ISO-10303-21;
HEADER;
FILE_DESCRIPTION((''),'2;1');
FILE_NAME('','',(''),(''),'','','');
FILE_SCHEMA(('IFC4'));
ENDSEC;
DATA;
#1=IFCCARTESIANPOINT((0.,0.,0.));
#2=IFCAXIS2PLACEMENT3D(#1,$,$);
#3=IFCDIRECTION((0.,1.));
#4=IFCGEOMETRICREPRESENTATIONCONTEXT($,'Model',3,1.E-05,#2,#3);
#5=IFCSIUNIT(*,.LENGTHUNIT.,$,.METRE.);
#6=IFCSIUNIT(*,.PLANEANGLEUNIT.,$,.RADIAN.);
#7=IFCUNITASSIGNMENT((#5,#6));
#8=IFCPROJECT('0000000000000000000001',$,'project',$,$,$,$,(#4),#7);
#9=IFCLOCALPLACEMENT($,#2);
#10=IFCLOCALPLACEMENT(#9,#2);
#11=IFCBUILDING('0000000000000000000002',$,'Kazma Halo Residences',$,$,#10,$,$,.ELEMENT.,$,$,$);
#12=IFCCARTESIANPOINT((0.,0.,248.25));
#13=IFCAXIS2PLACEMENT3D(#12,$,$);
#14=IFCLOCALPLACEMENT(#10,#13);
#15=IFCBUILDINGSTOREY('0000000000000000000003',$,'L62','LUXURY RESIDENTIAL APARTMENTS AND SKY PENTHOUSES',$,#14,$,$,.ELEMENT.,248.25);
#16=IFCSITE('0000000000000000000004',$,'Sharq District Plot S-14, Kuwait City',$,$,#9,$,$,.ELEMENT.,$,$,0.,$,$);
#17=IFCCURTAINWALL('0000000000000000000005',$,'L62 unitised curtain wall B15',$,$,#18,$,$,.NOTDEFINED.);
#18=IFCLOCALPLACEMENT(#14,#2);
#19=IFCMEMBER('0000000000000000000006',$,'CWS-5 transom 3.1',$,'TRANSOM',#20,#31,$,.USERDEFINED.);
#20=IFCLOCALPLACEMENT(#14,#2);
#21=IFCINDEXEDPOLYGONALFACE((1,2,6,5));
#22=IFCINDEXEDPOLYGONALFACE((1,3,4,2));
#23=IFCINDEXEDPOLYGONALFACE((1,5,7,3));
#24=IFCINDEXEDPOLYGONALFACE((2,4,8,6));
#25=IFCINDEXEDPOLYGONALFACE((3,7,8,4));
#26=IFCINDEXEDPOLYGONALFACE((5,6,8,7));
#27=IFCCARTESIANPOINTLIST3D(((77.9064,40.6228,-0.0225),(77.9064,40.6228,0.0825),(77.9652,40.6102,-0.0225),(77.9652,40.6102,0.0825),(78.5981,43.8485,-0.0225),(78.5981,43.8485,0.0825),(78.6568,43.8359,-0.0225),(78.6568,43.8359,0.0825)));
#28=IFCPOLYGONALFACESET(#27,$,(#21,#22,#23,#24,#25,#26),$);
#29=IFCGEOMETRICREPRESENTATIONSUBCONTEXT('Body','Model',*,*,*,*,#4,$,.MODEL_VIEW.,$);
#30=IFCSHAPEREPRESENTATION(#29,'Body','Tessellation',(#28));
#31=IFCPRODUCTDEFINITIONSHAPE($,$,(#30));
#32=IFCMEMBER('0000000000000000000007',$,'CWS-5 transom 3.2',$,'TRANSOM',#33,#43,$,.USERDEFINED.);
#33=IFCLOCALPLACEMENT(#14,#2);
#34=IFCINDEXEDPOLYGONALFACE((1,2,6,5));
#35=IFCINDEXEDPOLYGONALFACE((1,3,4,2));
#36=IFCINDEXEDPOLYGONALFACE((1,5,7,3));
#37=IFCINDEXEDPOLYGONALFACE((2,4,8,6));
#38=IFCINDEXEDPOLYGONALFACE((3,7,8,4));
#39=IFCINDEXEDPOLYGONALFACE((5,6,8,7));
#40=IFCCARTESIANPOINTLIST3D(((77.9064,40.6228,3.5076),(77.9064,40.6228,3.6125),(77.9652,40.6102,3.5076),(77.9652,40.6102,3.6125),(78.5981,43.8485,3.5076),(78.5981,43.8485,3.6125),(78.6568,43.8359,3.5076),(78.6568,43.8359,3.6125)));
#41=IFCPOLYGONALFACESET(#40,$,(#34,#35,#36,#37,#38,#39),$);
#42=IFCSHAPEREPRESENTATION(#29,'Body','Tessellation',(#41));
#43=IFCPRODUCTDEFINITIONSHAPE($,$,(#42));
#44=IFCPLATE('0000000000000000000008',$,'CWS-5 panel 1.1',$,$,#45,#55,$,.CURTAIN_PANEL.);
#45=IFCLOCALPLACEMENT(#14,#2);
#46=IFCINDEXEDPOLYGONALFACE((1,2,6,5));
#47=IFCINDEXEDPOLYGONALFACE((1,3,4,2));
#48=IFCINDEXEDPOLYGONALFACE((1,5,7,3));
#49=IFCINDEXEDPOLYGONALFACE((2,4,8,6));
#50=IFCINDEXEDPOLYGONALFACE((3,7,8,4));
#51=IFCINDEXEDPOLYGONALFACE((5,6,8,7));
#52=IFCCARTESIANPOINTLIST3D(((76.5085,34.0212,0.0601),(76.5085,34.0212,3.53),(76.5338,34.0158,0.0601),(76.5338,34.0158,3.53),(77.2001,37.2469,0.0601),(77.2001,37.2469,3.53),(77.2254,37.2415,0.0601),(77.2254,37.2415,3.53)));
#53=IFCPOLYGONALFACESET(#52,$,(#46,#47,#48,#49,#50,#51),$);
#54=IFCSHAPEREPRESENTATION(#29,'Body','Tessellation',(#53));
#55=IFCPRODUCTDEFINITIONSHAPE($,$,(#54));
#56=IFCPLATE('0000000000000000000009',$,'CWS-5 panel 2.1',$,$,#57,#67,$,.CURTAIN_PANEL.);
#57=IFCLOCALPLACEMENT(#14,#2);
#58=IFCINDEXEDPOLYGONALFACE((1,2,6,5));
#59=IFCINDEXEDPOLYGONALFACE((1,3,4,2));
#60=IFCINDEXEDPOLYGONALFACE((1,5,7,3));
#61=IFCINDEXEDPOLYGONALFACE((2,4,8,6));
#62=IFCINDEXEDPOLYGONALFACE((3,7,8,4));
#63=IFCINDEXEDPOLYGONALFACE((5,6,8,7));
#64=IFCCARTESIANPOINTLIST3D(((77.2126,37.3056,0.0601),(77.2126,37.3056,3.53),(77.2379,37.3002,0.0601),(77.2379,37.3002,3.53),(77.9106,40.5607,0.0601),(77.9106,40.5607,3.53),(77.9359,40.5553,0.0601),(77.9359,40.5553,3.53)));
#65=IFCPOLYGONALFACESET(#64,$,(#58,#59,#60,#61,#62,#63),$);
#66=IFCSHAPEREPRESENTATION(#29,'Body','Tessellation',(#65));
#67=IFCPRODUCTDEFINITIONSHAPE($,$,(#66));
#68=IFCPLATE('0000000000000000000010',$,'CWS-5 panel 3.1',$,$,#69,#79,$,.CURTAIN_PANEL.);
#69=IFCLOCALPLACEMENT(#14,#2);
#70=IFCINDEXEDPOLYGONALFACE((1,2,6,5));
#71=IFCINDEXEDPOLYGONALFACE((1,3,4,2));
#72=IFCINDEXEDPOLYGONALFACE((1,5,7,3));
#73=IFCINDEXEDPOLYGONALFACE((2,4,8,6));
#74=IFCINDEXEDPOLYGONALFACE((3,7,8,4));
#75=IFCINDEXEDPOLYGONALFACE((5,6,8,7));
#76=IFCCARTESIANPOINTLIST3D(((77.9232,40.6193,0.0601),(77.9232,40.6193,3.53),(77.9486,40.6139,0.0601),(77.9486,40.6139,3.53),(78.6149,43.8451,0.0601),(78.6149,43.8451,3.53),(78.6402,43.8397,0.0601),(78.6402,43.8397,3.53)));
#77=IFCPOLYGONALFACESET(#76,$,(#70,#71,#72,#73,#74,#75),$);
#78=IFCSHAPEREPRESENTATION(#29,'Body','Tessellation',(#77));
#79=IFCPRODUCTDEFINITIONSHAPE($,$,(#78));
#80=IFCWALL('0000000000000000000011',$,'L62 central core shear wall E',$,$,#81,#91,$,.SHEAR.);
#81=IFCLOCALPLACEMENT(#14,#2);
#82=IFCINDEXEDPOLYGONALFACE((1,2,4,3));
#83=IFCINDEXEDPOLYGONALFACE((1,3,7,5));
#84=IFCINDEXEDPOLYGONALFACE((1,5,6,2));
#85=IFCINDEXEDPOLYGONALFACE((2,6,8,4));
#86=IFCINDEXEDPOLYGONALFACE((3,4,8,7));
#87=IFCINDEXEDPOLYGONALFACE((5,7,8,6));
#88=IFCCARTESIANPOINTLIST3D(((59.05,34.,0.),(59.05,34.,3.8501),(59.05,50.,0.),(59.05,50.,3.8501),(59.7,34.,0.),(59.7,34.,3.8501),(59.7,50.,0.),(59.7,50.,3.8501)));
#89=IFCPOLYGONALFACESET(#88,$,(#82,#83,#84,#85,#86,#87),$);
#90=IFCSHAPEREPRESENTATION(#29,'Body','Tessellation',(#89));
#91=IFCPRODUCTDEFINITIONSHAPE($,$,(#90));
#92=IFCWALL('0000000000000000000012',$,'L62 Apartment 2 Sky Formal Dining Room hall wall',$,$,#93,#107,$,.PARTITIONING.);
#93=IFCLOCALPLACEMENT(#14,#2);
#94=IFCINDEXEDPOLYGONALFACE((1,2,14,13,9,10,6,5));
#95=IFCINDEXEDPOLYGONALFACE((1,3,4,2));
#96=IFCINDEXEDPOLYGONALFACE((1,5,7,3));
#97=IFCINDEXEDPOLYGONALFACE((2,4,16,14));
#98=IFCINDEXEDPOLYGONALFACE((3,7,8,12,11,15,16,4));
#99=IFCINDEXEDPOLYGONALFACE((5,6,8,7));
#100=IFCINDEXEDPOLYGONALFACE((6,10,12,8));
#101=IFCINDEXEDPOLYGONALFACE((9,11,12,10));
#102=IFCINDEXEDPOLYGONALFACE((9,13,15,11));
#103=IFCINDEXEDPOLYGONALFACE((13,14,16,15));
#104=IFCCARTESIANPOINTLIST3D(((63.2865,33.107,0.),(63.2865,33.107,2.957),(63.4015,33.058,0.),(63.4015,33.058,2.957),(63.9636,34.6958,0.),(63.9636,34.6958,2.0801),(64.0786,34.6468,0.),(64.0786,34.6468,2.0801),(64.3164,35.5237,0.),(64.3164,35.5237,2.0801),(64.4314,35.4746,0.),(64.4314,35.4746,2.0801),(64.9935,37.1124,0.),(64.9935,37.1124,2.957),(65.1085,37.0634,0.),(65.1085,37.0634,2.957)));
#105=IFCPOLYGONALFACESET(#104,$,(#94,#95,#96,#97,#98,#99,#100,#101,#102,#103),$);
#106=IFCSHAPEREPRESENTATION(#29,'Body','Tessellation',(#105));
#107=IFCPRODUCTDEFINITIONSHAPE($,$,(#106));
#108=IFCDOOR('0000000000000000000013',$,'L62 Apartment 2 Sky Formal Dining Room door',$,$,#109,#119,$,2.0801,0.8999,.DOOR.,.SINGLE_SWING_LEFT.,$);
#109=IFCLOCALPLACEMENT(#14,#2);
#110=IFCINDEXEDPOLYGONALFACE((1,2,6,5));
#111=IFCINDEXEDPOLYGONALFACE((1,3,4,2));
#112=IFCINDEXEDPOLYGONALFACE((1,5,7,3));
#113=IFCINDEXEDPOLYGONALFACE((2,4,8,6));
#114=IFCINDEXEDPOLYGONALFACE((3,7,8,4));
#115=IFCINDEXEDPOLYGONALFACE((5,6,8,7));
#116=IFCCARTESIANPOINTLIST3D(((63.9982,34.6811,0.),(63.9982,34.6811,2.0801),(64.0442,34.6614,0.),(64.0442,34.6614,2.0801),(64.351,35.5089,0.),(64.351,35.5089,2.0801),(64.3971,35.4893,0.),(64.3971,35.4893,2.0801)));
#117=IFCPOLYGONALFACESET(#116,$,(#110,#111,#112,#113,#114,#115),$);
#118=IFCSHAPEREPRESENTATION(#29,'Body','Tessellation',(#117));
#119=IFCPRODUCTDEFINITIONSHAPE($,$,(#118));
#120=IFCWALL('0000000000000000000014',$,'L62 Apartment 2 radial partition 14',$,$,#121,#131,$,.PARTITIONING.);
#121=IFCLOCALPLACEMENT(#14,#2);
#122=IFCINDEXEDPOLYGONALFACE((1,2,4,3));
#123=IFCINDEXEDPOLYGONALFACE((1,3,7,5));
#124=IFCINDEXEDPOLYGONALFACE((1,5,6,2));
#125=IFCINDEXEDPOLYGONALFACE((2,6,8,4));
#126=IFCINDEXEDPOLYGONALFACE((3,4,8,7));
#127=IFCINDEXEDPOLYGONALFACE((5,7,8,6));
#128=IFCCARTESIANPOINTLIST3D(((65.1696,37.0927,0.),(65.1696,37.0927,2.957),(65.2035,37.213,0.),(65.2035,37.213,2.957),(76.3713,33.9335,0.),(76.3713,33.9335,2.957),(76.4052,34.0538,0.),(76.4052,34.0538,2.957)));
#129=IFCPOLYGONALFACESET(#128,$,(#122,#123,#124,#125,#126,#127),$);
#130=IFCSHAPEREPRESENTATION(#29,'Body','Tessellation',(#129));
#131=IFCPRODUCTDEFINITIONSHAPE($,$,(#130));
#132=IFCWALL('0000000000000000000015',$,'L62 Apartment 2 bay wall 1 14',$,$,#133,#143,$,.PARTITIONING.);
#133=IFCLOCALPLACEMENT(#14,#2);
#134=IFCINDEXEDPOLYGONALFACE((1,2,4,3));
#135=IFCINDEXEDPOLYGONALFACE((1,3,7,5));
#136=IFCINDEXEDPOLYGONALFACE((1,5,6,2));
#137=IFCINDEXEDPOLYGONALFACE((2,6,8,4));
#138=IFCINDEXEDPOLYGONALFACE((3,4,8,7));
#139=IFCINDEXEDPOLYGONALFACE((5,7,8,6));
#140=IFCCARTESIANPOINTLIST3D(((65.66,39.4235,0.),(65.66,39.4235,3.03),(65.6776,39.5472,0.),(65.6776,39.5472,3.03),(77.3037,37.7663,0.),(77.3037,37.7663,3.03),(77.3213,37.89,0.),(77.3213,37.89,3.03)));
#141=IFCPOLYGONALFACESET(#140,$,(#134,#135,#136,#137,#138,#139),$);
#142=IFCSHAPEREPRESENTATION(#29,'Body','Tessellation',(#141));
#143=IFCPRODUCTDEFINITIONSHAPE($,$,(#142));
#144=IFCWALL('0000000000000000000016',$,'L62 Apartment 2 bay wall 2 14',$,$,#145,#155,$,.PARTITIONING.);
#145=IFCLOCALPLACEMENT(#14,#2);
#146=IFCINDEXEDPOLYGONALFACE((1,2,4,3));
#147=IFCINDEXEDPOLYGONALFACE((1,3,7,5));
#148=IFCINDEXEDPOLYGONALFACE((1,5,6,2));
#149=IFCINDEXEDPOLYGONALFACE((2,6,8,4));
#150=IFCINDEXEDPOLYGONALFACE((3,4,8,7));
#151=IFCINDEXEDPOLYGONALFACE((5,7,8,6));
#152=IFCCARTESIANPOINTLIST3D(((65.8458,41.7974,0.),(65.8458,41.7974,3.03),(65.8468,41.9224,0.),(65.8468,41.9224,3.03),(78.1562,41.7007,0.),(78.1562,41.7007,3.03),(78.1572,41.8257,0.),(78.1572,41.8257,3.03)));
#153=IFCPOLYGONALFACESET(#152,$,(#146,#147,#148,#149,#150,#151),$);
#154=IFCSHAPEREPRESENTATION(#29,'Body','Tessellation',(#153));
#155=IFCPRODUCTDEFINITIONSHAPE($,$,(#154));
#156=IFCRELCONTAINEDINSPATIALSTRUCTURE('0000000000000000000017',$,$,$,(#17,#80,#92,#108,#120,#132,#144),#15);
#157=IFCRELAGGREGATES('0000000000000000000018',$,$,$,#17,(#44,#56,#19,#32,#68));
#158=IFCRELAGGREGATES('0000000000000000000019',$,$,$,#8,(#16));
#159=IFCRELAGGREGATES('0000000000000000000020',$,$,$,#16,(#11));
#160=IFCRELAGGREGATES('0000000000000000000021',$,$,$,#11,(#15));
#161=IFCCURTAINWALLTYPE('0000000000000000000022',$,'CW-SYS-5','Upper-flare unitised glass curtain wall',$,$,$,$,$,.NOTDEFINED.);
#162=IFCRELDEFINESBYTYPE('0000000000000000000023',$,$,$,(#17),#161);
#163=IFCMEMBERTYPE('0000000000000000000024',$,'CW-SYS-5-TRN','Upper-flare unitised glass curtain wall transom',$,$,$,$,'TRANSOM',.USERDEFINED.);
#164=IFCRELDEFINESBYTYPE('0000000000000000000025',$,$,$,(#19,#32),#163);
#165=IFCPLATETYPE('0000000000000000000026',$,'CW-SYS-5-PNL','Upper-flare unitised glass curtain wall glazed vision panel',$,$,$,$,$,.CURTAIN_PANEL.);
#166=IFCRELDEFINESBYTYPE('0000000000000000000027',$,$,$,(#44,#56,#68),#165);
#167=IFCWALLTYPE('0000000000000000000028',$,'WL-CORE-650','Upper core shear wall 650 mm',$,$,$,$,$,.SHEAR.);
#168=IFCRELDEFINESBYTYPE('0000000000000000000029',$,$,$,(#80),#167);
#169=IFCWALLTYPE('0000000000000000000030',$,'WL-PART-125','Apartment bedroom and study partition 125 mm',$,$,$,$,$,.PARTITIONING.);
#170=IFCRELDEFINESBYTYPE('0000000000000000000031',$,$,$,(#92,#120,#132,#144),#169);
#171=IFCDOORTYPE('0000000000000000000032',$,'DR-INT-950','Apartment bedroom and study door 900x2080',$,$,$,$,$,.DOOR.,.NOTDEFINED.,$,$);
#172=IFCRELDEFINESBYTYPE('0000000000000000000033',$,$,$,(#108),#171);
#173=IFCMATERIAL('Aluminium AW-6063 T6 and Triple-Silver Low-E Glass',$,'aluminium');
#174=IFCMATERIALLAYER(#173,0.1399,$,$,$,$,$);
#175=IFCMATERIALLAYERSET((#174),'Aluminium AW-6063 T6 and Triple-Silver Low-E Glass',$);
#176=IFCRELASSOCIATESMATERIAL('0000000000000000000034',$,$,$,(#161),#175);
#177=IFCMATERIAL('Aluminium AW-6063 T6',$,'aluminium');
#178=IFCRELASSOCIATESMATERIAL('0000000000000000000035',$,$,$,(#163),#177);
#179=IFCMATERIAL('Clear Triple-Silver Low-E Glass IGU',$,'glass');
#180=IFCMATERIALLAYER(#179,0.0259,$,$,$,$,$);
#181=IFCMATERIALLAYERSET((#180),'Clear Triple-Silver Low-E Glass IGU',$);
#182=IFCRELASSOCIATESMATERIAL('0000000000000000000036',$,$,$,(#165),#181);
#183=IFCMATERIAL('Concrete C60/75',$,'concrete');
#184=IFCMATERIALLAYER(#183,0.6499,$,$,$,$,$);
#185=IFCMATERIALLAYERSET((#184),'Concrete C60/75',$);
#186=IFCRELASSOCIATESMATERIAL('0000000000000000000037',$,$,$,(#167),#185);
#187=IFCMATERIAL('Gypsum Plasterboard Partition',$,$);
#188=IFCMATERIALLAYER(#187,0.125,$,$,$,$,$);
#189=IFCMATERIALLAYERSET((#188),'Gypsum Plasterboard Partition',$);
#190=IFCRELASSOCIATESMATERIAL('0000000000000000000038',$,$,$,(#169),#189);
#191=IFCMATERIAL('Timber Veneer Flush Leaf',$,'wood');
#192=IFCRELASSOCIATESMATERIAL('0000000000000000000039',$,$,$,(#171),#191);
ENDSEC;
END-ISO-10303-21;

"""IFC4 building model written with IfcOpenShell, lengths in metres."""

from ifc_helpers import new_model, si_unit, direction, frame, frame_2d, origin, origin_2d, place, context, subcontext, project, spatial, rectangle, extrude, material, layer, layer_set, material_profile, profile_set, type_object, element, fill, aggregate, save


model = new_model("IFC4")

# Units and contexts
model_context = context("Model", 3, precision=1e-05, world=origin(), true_north=direction((0.0, 1.0)))
body_context = subcontext(model_context, "Body", "Model", "MODEL_VIEW")
ifc_project = project(units=[si_unit("LENGTHUNIT", "METRE"), si_unit("PLANEANGLEUNIT", "RADIAN")], contexts=[model_context])

# Site, building, storey
site_placement = place(None, origin())
site = spatial("IfcSite", under=ifc_project, at=site_placement, Name="Sharq District Plot S-14, Kuwait City", CompositionType="ELEMENT", RefElevation=0.0)
building_placement = place(site_placement, origin())
building = spatial("IfcBuilding", under=site, at=building_placement, Name="Kazma Halo Residences", CompositionType="ELEMENT")
storey_placement = place(building_placement, frame((0.0, 0.0, 248.25)))
storey = spatial("IfcBuildingStorey", under=building, at=storey_placement, Name="L62", Description="LUXURY RESIDENTIAL APARTMENTS AND SKY PENTHOUSES", CompositionType="ELEMENT", Elevation=248.25)

# Shared definitions
ifc_material_1 = material(Name="Concrete C60/75", Category="concrete")

# Curtain wall, members, plates
ifc_material_2 = material(Name="Aluminium AW-6063 T6 and Triple-Silver Low-E Glass", Category="aluminium")
ifc_layer_1 = layer(ifc_material_2, 0.1399)
ifc_layer_set_1 = layer_set([ifc_layer_1], Name="Aluminium AW-6063 T6 and Triple-Silver Low-E Glass")
curtain_wall_type = type_object("IfcCurtainWallType", Name="CW-SYS-5", Description="Upper-flare unitised glass curtain wall", PredefinedType="NOTDEFINED", material=ifc_layer_set_1)
curtain_wall_placement = place(storey_placement, origin())
curtain_wall = element("IfcCurtainWall", 1, at=curtain_wall_placement, inside=storey, type_object=curtain_wall_type, Name="L62 unitised curtain wall B15", PredefinedType="NOTDEFINED")
ifc_material_3 = material(Name="Aluminium AW-6063 T6", Category="aluminium")
ifc_material_profile_1 = material_profile(ifc_material_3, rectangle(XDim=0.0601, YDim=0.105, at=origin_2d()), Name="CWT-60x105")
ifc_profile_set_1 = profile_set([ifc_material_profile_1], Name="Aluminium AW-6063 T6")
member_type_1 = type_object("IfcMemberType", Name="CW-SYS-5-TRN", Description="Upper-flare unitised glass curtain wall transom", ElementType="TRANSOM", PredefinedType="USERDEFINED", material=ifc_profile_set_1)
member_1_placement = place(storey_placement, frame((77.9358, 40.6165, 0.03), z_axis=(0.209645, 0.977777, 0.0), x_axis=(-0.977777, 0.209645, 0.0)))
member_1 = element("IfcMember", 2, at=member_1_placement, type_object=member_type_1, Name="CWS-5 transom 3.1", ObjectType="TRANSOM", PredefinedType="USERDEFINED", context=body_context, shape_type="SweptSolid", body=[
    extrude(rectangle(XDim=0.0601, YDim=0.105, at=origin_2d()), origin(), (0.0, 0.0, 1.0), 3.2991),
])
member_2_placement = place(storey_placement, frame((77.9358, 40.6165, 3.5601), z_axis=(0.209645, 0.977777, 0.0), x_axis=(-0.977777, 0.209645, 0.0)))
member_2 = element("IfcMember", 3, at=member_2_placement, type_object=member_type_1, Name="CWS-5 transom 3.2", ObjectType="TRANSOM", PredefinedType="USERDEFINED", context=body_context, shape_type="SweptSolid", body=[
    extrude(rectangle(XDim=0.0601, YDim=0.105, at=origin_2d()), origin(), (0.0, 0.0, 1.0), 3.2991),
])
ifc_material_4 = material(Name="Clear Triple-Silver Low-E Glass IGU", Category="glass")
ifc_layer_2 = layer(ifc_material_4, 0.0259)
ifc_layer_set_2 = layer_set([ifc_layer_2], Name="Clear Triple-Silver Low-E Glass IGU")
plate_type = type_object("IfcPlateType", Name="CW-SYS-5-PNL", Description="Upper-flare unitised glass curtain wall glazed vision panel", PredefinedType="CURTAIN_PANEL", material=ifc_layer_set_2)
plate_1_placement = place(storey_placement, frame((76.8669, 35.6313, 0.0601), z_axis=(0.0, 0.0, 1.0), x_axis=(0.209657, 0.977775, 0.0)))
plate_1 = element("IfcPlate", 4, at=plate_1_placement, type_object=plate_type, Name="CWS-5 panel 1.1", PredefinedType="CURTAIN_PANEL", context=body_context, shape_type="SweptSolid", body=[
    extrude(rectangle(XDim=3.2991, YDim=0.0259, at=origin_2d()), origin(), (0.0, 0.0, 1.0), 3.47),
])
plate_2_placement = place(storey_placement, frame((77.5742, 38.9304, 0.0601), z_axis=(0.0, 0.0, 1.0), x_axis=(0.209657, 0.977775, 0.0)))
plate_2 = element("IfcPlate", 5, at=plate_2_placement, type_object=plate_type, Name="CWS-5 panel 2.1", PredefinedType="CURTAIN_PANEL", context=body_context, shape_type="SweptSolid", body=[
    extrude(rectangle(XDim=3.3291, YDim=0.0259, at=origin_2d()), origin(), (0.0, 0.0, 1.0), 3.47),
])
plate_3_placement = place(storey_placement, frame((78.2817, 42.2295, 0.0601), z_axis=(0.0, 0.0, 1.0), x_axis=(0.209657, 0.977775, 0.0)))
plate_3 = element("IfcPlate", 6, at=plate_3_placement, type_object=plate_type, Name="CWS-5 panel 3.1", PredefinedType="CURTAIN_PANEL", context=body_context, shape_type="SweptSolid", body=[
    extrude(rectangle(XDim=3.2991, YDim=0.0259, at=origin_2d()), origin(), (0.0, 0.0, 1.0), 3.47),
])
aggregate(curtain_wall, [plate_1, plate_2, member_1, member_2, plate_3])

# Wall
ifc_layer_3 = layer(ifc_material_1, 0.6499)
ifc_layer_set_3 = layer_set([ifc_layer_3], Name="Concrete C60/75")
wall_type_1 = type_object("IfcWallType", Name="WL-CORE-650", Description="Upper core shear wall 650 mm", PredefinedType="SHEAR", material=ifc_layer_set_3)
wall_1_placement = place(storey_placement, frame((59.375, 34.0, 0.0), z_axis=(0.0, 0.0, 1.0), x_axis=(0.0, 1.0, 0.0)))
element("IfcWall", 7, at=wall_1_placement, inside=storey, type_object=wall_type_1, Name="L62 central core shear wall E", PredefinedType="SHEAR", context=body_context, shape_type="SweptSolid", body=[
    extrude(rectangle(XDim=16.0, YDim=0.6499, at=frame_2d((8.0, 0.0))), origin(), (0.0, 0.0, 1.0), 3.8501),
])

# Wall, opening, door
ifc_material_5 = material(Name="Gypsum Plasterboard Partition")
ifc_layer_4 = layer(ifc_material_5, 0.125)
ifc_layer_set_4 = layer_set([ifc_layer_4], Name="Gypsum Plasterboard Partition")
wall_type_2 = type_object("IfcWallType", Name="WL-PART-125", Description="Apartment bedroom and study partition 125 mm", PredefinedType="PARTITIONING", material=ifc_layer_set_4)
wall_2_placement = place(storey_placement, frame((63.344, 33.0825, 0.0), z_axis=(0.0, 0.0, 1.0), x_axis=(0.392064, 0.919938, 0.0)))
wall_2 = element("IfcWall", 8, at=wall_2_placement, inside=storey, type_object=wall_type_2, Name="L62 Apartment 2 Sky Formal Dining Room hall wall", PredefinedType="PARTITIONING", context=body_context, shape_type="SweptSolid", body=[
    extrude(rectangle(XDim=4.354, YDim=0.125, at=frame_2d((2.177, 0.0))), origin(), (0.0, 0.0, 1.0), 2.957),
])
opening_1_placement = place(wall_2_placement, frame((1.7271, 0.0, 0.0)))
opening_1 = element("IfcOpeningElement", 9, at=opening_1_placement, cuts=wall_2, PredefinedType="OPENING", context=body_context, shape_type="SweptSolid", body=[
    extrude(rectangle(XDim=0.8999, YDim=2.0801, at=frame_2d((0.45, 1.04))), frame((0.0, 0.0725, 0.0), z_axis=(0.0, -1.0, 0.0), x_axis=(1.0, 0.0, 0.0)), (0.0, 0.0, 1.0), 0.145),
])
ifc_material_6 = material(Name="Timber Veneer Flush Leaf", Category="wood")
door_type_1 = type_object("IfcDoorType", Name="DR-INT-950", Description="Apartment bedroom and study door 900x2080", OperationType="NOTDEFINED", PredefinedType="DOOR", material=ifc_material_6)
door_1_placement = place(opening_1_placement, origin())
door_1 = element("IfcDoor", 10, at=door_1_placement, inside=storey, type_object=door_type_1, Name="L62 Apartment 2 Sky Formal Dining Room door", OperationType="SINGLE_SWING_LEFT", OverallHeight=2.0801, OverallWidth=0.8999, PredefinedType="DOOR", context=body_context, shape_type="SweptSolid", body=[
    extrude(rectangle(XDim=0.8999, YDim=2.0801, at=frame_2d((0.45, 1.04))), frame((0.0, 0.0249, 0.0), z_axis=(0.0, -1.0, 0.0), x_axis=(1.0, 0.0, 0.0)), (0.0, 0.0, 1.0), 0.05),
])
fill(opening_1, door_1)

# Walls
wall_3_placement = place(storey_placement, frame((65.1865, 37.1528, 0.0), z_axis=(0.0, 0.0, 1.0), x_axis=(0.962456, -0.271439, 0.0)))
element("IfcWall", 11, at=wall_3_placement, inside=storey, type_object=wall_type_2, Name="L62 Apartment 2 radial partition 14", PredefinedType="PARTITIONING", context=body_context, shape_type="SweptSolid", body=[
    extrude(rectangle(XDim=11.6387, YDim=0.125, at=frame_2d((5.8193, 0.0))), origin(), (0.0, 0.0, 1.0), 2.957),
])
wall_4_placement = place(storey_placement, frame((65.6689, 39.4854, 0.0), z_axis=(0.0, 0.0, 1.0), x_axis=(0.990022, -0.14091, 0.0)))
element("IfcWall", 12, at=wall_4_placement, inside=storey, type_object=wall_type_2, Name="L62 Apartment 2 bay wall 1 14", PredefinedType="PARTITIONING", context=body_context, shape_type="SweptSolid", body=[
    extrude(rectangle(XDim=11.761, YDim=0.125, at=frame_2d((5.8804, 0.0))), origin(), (0.0, 0.0, 1.0), 3.03),
])
wall_5_placement = place(storey_placement, frame((65.8464, 41.8599, 0.0), z_axis=(0.0, 0.0, 1.0), x_axis=(0.999969, -0.007853, 0.0)))
element("IfcWall", 13, at=wall_5_placement, inside=storey, type_object=wall_type_2, Name="L62 Apartment 2 bay wall 2 14", PredefinedType="PARTITIONING", context=body_context, shape_type="SweptSolid", body=[
    extrude(rectangle(XDim=12.3108, YDim=0.125, at=frame_2d((6.1553, 0.0))), origin(), (0.0, 0.0, 1.0), 3.03),
])

save(model, "model.ifc")
